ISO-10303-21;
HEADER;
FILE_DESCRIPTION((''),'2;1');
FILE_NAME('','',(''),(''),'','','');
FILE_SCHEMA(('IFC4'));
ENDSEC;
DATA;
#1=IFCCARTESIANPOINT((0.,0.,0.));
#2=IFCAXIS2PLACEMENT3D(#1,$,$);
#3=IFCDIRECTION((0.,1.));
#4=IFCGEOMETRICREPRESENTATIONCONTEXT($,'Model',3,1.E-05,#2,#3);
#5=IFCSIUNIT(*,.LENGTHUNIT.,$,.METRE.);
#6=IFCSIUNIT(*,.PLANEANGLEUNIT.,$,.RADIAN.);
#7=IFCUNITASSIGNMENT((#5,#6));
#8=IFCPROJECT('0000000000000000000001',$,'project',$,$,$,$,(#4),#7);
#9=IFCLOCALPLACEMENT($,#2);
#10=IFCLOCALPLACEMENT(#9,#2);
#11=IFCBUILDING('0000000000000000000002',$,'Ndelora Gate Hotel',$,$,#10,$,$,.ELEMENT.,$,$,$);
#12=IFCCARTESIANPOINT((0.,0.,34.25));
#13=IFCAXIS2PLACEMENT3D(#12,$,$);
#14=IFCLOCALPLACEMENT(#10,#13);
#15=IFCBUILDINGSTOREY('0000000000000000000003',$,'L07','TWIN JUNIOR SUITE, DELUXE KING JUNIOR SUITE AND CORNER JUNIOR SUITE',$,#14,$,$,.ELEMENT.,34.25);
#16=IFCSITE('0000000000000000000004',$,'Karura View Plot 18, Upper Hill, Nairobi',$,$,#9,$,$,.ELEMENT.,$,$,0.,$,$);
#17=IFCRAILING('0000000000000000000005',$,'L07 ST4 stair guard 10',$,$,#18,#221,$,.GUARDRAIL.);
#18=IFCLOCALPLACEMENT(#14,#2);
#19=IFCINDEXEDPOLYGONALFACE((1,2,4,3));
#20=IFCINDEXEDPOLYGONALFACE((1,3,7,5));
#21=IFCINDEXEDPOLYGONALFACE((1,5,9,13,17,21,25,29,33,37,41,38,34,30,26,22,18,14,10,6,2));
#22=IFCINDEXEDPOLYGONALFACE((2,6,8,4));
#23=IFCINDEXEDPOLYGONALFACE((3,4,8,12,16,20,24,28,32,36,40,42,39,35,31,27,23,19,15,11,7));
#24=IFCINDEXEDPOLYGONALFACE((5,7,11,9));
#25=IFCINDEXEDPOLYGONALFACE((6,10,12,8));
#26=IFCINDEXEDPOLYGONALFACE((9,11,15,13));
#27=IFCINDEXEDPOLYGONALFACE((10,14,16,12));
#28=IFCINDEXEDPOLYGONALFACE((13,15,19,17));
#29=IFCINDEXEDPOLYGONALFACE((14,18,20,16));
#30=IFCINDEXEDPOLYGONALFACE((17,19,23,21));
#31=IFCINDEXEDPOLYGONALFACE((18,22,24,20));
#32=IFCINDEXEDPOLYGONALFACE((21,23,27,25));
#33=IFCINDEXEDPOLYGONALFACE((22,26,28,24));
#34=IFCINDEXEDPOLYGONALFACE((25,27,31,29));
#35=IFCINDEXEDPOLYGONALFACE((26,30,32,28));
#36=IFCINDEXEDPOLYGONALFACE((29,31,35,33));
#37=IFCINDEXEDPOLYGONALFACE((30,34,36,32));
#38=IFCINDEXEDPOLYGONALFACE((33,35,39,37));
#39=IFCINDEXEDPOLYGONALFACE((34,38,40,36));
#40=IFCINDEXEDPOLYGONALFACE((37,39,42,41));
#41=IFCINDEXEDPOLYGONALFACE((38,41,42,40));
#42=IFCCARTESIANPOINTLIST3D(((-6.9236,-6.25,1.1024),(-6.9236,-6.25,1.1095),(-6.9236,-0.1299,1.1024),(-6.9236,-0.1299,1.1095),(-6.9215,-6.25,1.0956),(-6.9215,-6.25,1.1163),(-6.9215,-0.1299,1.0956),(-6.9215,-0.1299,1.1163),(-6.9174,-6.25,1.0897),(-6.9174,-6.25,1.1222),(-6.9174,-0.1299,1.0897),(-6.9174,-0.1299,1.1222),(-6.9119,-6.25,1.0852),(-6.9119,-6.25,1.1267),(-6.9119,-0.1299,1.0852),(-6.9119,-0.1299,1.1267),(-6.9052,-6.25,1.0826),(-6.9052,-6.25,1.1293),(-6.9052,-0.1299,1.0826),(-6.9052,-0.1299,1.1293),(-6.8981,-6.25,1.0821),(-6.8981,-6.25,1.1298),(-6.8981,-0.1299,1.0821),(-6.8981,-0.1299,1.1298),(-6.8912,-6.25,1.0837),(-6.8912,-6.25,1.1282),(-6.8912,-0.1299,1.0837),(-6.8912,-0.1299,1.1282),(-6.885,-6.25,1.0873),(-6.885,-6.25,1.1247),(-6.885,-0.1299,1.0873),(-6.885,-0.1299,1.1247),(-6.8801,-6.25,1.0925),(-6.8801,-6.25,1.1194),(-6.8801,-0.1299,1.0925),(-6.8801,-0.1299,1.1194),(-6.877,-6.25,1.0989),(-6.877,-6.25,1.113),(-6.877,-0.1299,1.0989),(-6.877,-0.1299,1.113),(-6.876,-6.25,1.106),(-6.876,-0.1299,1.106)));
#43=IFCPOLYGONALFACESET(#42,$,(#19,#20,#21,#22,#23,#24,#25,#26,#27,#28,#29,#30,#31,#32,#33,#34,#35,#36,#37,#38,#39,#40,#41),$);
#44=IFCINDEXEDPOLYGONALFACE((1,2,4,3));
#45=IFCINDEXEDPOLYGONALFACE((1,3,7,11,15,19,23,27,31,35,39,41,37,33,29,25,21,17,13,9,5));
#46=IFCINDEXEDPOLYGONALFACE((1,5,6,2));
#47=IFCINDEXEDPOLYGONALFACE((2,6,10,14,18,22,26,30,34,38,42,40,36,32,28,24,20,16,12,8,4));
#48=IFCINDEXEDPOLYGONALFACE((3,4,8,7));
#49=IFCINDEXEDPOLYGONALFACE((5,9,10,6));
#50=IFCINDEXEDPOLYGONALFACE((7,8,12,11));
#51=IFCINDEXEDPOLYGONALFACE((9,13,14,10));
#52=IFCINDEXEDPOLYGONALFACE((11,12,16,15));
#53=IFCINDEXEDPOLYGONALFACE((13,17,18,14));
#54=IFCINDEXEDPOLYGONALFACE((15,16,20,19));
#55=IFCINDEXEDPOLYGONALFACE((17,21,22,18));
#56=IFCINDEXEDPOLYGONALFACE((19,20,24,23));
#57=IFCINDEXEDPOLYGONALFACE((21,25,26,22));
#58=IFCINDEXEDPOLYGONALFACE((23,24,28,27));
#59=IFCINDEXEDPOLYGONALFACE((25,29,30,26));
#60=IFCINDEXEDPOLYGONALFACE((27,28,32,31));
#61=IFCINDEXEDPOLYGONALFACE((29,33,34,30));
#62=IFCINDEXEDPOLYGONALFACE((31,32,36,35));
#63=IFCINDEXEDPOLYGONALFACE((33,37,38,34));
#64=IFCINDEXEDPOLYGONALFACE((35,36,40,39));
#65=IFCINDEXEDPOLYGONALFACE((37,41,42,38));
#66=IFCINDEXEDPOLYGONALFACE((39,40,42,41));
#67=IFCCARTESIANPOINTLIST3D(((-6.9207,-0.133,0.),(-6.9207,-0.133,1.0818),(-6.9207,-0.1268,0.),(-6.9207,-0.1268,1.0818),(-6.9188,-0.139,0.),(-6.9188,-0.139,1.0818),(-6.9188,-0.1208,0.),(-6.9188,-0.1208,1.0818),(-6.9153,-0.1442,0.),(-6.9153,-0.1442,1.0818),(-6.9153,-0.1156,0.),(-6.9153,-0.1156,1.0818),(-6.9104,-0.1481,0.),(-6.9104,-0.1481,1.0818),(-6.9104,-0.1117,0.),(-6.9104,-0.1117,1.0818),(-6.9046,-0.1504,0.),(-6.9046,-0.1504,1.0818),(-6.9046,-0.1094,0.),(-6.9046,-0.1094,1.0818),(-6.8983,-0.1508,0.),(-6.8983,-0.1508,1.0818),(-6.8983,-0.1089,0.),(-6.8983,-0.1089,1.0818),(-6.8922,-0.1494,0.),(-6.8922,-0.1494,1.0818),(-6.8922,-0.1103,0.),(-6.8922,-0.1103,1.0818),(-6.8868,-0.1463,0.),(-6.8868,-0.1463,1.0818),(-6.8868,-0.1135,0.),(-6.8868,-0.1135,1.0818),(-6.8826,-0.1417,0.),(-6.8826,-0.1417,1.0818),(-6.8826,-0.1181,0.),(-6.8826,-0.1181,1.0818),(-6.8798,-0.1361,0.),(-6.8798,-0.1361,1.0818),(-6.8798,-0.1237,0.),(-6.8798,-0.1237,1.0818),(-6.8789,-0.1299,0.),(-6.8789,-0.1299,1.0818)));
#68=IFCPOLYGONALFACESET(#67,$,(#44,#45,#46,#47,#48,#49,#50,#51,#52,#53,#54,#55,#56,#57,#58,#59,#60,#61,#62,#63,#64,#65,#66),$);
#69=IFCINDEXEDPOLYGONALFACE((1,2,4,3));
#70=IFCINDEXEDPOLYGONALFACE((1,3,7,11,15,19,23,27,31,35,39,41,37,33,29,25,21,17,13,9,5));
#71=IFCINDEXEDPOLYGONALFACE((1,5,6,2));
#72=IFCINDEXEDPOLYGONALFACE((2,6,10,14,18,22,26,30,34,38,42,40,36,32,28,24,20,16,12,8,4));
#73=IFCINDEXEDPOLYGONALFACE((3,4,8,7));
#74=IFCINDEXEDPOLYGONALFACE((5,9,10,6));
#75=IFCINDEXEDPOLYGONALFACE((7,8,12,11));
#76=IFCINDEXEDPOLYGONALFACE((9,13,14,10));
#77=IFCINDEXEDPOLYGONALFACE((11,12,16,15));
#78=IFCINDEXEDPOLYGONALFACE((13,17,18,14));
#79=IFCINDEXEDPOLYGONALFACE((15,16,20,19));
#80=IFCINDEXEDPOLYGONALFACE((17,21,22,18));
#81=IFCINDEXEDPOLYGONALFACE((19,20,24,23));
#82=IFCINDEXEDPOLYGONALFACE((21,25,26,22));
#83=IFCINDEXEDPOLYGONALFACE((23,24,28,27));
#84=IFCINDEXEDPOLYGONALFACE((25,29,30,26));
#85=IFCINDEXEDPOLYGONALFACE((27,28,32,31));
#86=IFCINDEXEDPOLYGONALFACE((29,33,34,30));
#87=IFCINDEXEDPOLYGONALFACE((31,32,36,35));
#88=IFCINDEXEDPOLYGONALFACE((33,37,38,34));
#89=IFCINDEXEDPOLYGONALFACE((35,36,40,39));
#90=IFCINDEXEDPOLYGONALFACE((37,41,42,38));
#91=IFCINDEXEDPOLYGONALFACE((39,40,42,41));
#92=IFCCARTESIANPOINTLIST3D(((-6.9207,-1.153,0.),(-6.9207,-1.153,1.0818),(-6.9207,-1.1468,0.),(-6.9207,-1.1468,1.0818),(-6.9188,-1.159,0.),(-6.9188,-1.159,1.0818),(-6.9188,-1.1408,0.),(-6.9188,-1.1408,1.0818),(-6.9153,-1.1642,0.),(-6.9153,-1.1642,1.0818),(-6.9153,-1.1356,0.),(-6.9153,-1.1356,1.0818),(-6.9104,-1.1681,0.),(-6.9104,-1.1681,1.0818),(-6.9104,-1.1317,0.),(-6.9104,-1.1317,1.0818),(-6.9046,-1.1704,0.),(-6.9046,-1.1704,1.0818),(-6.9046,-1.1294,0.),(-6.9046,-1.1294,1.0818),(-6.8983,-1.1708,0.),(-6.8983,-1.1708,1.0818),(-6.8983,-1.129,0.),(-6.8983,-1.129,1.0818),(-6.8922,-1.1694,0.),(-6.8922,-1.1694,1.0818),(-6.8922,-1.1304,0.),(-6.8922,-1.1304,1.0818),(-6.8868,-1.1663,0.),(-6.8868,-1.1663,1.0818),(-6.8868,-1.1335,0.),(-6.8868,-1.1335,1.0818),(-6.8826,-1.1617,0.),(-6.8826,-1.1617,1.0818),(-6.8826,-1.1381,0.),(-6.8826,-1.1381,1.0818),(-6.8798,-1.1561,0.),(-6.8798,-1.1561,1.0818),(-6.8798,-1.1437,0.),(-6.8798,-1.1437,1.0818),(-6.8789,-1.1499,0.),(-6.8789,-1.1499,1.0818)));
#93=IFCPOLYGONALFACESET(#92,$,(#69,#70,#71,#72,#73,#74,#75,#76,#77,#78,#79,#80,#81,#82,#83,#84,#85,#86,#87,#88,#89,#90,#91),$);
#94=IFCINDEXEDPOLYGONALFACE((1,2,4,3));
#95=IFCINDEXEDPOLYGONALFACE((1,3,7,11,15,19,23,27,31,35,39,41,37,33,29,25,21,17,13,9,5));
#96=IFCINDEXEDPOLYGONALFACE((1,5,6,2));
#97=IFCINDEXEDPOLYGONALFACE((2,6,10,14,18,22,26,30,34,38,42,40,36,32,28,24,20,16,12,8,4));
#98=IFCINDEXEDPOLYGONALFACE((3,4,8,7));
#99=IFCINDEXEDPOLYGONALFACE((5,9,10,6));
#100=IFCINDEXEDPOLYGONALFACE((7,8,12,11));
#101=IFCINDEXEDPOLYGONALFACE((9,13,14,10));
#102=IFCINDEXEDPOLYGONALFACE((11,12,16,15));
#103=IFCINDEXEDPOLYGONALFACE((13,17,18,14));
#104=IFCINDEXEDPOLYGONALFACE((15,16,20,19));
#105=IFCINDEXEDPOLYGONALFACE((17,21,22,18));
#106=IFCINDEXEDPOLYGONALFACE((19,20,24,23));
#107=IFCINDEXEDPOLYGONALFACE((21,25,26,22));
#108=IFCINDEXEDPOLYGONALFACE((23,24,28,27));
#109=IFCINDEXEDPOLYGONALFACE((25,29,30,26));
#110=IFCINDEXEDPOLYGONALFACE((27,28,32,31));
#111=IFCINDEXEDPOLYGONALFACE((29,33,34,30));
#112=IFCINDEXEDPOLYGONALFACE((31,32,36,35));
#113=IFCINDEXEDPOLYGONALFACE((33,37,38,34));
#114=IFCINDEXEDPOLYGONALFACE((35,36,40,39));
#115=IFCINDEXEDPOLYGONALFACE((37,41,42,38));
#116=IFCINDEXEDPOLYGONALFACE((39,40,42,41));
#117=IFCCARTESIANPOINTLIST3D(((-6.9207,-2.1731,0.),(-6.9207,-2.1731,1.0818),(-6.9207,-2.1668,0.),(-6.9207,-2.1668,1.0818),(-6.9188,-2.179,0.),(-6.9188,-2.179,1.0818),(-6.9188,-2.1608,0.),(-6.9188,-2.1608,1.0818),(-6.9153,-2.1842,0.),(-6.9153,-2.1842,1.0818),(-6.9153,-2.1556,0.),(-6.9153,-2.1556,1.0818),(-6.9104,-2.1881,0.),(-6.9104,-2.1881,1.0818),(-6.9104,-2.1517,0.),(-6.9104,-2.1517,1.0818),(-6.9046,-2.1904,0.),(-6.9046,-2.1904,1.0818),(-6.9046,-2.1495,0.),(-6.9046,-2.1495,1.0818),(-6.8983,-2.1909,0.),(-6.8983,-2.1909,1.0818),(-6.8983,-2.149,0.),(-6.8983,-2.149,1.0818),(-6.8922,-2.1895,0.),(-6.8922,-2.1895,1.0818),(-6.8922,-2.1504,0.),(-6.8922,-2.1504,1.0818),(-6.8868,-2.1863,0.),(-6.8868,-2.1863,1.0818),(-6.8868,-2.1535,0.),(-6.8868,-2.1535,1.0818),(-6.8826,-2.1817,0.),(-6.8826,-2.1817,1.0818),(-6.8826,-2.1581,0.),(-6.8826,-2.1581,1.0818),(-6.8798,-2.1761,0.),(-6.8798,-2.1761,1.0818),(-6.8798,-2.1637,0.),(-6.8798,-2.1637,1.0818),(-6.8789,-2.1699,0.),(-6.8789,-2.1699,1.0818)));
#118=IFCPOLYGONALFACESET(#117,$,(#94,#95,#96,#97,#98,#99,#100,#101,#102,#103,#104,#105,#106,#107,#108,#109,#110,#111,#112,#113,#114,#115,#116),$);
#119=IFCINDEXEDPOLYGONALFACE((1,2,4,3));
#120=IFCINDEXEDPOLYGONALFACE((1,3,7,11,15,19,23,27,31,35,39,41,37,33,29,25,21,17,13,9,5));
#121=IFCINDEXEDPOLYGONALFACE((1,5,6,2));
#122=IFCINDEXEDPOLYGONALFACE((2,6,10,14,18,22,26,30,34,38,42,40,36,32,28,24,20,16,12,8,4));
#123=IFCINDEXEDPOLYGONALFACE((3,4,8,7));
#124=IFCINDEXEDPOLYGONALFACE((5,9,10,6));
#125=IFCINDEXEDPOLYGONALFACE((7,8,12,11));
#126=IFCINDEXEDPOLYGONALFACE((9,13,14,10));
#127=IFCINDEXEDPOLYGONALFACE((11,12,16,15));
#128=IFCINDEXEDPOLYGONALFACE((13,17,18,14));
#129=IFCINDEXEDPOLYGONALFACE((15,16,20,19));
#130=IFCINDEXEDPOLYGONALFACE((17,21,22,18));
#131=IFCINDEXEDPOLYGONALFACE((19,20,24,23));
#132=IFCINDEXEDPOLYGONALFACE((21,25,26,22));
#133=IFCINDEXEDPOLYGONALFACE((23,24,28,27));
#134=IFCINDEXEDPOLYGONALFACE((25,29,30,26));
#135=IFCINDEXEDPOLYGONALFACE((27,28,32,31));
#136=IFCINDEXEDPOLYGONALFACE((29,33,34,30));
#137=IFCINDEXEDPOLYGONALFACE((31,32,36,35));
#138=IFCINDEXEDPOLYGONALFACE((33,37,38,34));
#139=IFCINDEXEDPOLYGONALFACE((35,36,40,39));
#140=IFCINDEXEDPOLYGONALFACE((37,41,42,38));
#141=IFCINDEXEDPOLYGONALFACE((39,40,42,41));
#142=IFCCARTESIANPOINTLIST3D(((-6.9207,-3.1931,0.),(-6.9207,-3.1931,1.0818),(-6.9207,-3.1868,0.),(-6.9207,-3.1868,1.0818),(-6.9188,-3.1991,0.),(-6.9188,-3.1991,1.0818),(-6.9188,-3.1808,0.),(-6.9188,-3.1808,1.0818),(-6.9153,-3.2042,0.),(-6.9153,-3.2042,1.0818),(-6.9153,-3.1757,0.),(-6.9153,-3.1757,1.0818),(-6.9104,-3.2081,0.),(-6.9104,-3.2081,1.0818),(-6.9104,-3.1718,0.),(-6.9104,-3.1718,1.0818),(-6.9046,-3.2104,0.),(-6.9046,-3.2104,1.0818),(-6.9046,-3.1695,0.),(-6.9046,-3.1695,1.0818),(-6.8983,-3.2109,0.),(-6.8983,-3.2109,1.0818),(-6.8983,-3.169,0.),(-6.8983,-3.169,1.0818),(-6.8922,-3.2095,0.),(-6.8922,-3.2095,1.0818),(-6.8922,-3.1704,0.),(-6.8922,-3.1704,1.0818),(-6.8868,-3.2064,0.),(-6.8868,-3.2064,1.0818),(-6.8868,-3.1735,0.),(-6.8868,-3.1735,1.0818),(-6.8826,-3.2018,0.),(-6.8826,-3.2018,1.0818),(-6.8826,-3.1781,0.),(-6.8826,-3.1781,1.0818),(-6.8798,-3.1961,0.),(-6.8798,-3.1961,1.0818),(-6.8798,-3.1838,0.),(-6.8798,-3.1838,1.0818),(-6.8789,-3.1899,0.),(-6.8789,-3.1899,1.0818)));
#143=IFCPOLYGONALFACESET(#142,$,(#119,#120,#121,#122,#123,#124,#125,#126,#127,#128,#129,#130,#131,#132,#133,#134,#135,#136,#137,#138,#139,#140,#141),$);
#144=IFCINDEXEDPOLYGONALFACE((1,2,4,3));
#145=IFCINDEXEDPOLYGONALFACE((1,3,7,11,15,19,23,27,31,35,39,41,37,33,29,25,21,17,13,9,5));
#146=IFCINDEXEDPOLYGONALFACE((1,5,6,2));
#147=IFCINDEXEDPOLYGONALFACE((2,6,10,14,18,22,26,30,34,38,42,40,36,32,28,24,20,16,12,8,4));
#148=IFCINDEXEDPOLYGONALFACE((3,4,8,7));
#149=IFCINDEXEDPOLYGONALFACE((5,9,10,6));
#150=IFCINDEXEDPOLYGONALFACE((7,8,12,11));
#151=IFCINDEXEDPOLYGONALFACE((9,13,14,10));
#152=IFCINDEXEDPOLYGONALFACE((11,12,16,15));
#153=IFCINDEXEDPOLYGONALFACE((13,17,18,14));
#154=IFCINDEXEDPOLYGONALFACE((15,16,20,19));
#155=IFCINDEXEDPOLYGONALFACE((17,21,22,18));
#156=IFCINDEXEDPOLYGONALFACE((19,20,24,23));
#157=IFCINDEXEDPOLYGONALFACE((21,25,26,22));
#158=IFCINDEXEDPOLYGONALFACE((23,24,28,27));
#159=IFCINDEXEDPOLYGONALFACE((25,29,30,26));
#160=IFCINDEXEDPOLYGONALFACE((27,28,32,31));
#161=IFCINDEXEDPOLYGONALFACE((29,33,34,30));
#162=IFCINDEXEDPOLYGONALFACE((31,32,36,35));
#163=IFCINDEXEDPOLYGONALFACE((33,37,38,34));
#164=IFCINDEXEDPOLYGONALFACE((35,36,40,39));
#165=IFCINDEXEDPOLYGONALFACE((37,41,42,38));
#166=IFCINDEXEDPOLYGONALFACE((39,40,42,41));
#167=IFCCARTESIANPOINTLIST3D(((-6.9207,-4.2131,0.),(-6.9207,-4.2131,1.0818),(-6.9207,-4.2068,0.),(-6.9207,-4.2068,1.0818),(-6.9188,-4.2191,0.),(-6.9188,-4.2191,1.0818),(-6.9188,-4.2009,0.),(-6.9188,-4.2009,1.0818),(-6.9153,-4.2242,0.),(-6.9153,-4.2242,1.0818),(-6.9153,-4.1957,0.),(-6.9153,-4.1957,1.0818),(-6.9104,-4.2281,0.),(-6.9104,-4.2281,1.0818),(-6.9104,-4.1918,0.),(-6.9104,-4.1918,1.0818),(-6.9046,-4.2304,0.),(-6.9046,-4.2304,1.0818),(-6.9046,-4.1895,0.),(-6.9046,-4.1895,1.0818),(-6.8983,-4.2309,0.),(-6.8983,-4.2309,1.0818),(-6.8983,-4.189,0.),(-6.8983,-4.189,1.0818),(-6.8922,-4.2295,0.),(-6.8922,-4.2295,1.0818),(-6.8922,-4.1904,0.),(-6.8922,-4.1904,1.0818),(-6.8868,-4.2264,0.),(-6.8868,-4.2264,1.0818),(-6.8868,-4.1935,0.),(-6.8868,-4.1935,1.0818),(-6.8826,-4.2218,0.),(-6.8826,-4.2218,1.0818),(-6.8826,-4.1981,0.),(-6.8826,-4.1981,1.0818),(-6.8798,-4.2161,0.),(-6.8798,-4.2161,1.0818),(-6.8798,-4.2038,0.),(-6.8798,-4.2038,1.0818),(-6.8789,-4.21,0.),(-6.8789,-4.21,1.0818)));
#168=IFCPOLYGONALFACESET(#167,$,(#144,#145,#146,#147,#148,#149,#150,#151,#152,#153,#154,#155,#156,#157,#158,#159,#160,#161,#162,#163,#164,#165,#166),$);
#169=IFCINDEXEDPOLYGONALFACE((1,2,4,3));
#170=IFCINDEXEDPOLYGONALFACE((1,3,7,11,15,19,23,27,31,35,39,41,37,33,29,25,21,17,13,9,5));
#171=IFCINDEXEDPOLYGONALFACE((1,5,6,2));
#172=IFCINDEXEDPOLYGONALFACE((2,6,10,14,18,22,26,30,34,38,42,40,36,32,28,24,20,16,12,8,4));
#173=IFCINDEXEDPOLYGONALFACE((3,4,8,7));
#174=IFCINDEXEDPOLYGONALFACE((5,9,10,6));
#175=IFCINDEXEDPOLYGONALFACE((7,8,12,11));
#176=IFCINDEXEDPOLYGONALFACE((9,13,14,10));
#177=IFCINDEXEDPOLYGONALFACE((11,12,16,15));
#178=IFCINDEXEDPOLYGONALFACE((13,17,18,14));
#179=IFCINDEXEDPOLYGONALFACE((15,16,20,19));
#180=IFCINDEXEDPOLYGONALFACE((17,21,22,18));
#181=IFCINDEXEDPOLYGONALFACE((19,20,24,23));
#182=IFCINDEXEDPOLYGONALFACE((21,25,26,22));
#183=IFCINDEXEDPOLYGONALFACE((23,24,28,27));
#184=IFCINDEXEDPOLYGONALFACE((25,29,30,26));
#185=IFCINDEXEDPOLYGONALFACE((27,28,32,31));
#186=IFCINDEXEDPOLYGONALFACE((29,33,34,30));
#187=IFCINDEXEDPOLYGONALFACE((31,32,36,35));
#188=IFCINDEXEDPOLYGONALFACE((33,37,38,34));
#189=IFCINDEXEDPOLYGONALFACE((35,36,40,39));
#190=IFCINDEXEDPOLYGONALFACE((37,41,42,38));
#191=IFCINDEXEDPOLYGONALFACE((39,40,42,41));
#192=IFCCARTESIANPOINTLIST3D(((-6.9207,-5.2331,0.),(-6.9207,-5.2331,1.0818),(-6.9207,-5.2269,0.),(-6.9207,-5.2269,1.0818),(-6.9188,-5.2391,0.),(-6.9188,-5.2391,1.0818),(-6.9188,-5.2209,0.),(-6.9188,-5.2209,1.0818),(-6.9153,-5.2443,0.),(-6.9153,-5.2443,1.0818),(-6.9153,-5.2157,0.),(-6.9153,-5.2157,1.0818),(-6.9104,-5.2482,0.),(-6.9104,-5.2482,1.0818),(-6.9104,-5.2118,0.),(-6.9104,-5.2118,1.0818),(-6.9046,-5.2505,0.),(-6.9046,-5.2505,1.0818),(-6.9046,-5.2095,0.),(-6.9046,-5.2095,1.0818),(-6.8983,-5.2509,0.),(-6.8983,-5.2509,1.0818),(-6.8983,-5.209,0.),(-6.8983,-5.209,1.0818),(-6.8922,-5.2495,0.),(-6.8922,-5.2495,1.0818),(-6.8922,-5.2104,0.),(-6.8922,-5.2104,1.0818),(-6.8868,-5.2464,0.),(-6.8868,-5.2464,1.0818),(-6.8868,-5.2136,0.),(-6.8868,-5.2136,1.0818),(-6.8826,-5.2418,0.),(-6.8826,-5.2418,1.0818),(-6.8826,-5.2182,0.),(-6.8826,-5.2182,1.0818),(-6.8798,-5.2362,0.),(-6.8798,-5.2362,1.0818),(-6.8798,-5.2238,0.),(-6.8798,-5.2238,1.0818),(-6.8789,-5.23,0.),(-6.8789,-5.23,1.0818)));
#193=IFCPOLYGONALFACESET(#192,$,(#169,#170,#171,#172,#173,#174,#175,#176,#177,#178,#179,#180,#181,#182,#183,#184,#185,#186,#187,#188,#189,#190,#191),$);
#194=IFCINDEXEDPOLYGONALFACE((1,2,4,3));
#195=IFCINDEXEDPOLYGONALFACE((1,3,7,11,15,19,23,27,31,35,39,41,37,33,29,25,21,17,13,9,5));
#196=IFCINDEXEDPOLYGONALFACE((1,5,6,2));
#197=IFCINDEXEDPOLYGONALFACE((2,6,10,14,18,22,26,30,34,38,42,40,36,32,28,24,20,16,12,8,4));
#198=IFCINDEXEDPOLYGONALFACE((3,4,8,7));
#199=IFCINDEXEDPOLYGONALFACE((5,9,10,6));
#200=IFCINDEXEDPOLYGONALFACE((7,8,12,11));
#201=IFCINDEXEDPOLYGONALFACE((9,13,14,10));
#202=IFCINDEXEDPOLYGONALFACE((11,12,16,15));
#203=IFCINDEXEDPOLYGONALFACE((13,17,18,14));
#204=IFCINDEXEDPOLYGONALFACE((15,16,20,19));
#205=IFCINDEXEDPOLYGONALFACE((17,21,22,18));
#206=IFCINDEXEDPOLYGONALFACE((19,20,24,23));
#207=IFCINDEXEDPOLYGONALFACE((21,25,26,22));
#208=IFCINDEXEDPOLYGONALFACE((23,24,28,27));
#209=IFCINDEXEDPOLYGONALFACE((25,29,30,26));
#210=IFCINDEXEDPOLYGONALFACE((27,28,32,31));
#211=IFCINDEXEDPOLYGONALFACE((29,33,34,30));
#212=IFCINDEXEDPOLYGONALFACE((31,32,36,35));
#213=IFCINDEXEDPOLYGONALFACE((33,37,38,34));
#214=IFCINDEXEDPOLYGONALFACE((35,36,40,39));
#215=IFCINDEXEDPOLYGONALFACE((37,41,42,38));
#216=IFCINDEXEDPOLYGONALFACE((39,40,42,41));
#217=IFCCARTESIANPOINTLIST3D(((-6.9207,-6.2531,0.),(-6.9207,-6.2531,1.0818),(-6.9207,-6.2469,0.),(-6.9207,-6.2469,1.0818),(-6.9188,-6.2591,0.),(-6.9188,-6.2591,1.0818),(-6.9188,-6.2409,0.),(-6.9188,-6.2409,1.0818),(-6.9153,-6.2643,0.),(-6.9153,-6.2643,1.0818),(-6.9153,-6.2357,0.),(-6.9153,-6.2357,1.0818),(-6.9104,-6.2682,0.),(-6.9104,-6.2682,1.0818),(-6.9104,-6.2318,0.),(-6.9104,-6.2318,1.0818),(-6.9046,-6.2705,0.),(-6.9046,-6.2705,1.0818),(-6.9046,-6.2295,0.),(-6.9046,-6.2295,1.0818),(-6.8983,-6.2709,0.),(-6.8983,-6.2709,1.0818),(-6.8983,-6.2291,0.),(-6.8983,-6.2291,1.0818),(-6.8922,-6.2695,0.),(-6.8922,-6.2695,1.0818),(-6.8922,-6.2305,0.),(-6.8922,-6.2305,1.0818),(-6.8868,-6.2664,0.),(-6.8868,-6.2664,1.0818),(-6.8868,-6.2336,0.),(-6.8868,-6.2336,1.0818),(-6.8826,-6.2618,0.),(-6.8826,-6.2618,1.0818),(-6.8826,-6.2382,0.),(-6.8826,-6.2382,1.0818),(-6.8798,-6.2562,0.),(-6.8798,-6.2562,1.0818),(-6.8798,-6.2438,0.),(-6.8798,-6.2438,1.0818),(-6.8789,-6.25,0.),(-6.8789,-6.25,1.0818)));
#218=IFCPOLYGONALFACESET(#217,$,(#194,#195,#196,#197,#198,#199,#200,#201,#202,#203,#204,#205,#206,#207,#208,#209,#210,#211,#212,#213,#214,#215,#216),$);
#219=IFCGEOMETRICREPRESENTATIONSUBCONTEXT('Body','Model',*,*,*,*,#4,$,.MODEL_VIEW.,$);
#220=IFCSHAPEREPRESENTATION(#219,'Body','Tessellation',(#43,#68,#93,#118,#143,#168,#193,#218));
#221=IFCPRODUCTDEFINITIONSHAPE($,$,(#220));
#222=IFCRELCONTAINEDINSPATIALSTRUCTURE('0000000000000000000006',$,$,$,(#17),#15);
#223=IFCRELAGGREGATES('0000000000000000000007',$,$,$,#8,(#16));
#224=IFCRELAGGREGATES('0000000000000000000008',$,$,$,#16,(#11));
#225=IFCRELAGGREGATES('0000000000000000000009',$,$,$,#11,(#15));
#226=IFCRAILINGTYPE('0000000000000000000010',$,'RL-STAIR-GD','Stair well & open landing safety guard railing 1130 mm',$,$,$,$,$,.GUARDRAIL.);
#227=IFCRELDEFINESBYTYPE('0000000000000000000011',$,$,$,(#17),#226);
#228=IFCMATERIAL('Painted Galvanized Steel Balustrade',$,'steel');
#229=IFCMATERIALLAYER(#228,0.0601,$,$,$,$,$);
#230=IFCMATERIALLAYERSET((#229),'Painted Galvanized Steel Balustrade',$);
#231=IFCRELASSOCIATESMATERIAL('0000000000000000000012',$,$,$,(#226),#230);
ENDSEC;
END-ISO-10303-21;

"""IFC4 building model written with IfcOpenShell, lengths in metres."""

from ifc_helpers import new_model, si_unit, direction, frame, origin, origin_2d, place, context, subcontext, project, spatial, circle, extrude, material, layer, layer_set, type_object, element, save


model = new_model("IFC4")

# Units and contexts
model_context = context("Model", 3, precision=1e-05, world=origin(), true_north=direction((0.0, 1.0)))
body_context = subcontext(model_context, "Body", "Model", "MODEL_VIEW")
ifc_project = project(units=[si_unit("LENGTHUNIT", "METRE"), si_unit("PLANEANGLEUNIT", "RADIAN")], contexts=[model_context])

# Site, building, storey
site_placement = place(None, origin())
site = spatial("IfcSite", under=ifc_project, at=site_placement, Name="Karura View Plot 18, Upper Hill, Nairobi", CompositionType="ELEMENT", RefElevation=0.0)
building_placement = place(site_placement, origin())
building = spatial("IfcBuilding", under=site, at=building_placement, Name="Ndelora Gate Hotel", CompositionType="ELEMENT")
storey_placement = place(building_placement, frame((0.0, 0.0, 34.25)))
storey = spatial("IfcBuildingStorey", under=building, at=storey_placement, Name="L07", Description="TWIN JUNIOR SUITE, DELUXE KING JUNIOR SUITE AND CORNER JUNIOR SUITE", CompositionType="ELEMENT", Elevation=34.25)

# Railing
ifc_material_1 = material(Name="Painted Galvanized Steel Balustrade", Category="steel")
ifc_layer_1 = layer(ifc_material_1, 0.0601)
ifc_layer_set_1 = layer_set([ifc_layer_1], Name="Painted Galvanized Steel Balustrade")
railing_type_1 = type_object("IfcRailingType", Name="RL-STAIR-GD", Description="Stair well & open landing safety guard railing 1130 mm", PredefinedType="GUARDRAIL", material=ifc_layer_set_1)
railing_1_placement = place(storey_placement, frame((-6.8999, -0.1299, 0.0)))
element("IfcRailing", 1, at=railing_1_placement, inside=storey, type_object=railing_type_1, Name="L07 ST4 stair guard 10", PredefinedType="GUARDRAIL", context=body_context, shape_type="SweptSolid", body=[
    extrude(circle(Radius=0.0239, at=origin_2d()), frame((0.0, 0.0, 1.106), z_axis=(0.0, -1.0, 0.0), x_axis=(1.0, 0.0, 0.0)), (0.0, 0.0, 1.0), 6.1201),
    extrude(circle(Radius=0.021, at=origin_2d()), origin(), (0.0, 0.0, 1.0), 1.0818),
    extrude(circle(Radius=0.021, at=origin_2d()), frame((0.0, -1.02, 0.0)), (0.0, 0.0, 1.0), 1.0818),
    extrude(circle(Radius=0.021, at=origin_2d()), frame((0.0, -2.04, 0.0)), (0.0, 0.0, 1.0), 1.0818),
    extrude(circle(Radius=0.021, at=origin_2d()), frame((0.0, -3.0601, 0.0)), (0.0, 0.0, 1.0), 1.0818),
    extrude(circle(Radius=0.021, at=origin_2d()), frame((0.0, -4.0801, 0.0)), (0.0, 0.0, 1.0), 1.0818),
    extrude(circle(Radius=0.021, at=origin_2d()), frame((0.0, -5.1001, 0.0)), (0.0, 0.0, 1.0), 1.0818),
    extrude(circle(Radius=0.021, at=origin_2d()), frame((0.0, -6.1201, 0.0)), (0.0, 0.0, 1.0), 1.0818),
])

save(model, "model.ifc")
